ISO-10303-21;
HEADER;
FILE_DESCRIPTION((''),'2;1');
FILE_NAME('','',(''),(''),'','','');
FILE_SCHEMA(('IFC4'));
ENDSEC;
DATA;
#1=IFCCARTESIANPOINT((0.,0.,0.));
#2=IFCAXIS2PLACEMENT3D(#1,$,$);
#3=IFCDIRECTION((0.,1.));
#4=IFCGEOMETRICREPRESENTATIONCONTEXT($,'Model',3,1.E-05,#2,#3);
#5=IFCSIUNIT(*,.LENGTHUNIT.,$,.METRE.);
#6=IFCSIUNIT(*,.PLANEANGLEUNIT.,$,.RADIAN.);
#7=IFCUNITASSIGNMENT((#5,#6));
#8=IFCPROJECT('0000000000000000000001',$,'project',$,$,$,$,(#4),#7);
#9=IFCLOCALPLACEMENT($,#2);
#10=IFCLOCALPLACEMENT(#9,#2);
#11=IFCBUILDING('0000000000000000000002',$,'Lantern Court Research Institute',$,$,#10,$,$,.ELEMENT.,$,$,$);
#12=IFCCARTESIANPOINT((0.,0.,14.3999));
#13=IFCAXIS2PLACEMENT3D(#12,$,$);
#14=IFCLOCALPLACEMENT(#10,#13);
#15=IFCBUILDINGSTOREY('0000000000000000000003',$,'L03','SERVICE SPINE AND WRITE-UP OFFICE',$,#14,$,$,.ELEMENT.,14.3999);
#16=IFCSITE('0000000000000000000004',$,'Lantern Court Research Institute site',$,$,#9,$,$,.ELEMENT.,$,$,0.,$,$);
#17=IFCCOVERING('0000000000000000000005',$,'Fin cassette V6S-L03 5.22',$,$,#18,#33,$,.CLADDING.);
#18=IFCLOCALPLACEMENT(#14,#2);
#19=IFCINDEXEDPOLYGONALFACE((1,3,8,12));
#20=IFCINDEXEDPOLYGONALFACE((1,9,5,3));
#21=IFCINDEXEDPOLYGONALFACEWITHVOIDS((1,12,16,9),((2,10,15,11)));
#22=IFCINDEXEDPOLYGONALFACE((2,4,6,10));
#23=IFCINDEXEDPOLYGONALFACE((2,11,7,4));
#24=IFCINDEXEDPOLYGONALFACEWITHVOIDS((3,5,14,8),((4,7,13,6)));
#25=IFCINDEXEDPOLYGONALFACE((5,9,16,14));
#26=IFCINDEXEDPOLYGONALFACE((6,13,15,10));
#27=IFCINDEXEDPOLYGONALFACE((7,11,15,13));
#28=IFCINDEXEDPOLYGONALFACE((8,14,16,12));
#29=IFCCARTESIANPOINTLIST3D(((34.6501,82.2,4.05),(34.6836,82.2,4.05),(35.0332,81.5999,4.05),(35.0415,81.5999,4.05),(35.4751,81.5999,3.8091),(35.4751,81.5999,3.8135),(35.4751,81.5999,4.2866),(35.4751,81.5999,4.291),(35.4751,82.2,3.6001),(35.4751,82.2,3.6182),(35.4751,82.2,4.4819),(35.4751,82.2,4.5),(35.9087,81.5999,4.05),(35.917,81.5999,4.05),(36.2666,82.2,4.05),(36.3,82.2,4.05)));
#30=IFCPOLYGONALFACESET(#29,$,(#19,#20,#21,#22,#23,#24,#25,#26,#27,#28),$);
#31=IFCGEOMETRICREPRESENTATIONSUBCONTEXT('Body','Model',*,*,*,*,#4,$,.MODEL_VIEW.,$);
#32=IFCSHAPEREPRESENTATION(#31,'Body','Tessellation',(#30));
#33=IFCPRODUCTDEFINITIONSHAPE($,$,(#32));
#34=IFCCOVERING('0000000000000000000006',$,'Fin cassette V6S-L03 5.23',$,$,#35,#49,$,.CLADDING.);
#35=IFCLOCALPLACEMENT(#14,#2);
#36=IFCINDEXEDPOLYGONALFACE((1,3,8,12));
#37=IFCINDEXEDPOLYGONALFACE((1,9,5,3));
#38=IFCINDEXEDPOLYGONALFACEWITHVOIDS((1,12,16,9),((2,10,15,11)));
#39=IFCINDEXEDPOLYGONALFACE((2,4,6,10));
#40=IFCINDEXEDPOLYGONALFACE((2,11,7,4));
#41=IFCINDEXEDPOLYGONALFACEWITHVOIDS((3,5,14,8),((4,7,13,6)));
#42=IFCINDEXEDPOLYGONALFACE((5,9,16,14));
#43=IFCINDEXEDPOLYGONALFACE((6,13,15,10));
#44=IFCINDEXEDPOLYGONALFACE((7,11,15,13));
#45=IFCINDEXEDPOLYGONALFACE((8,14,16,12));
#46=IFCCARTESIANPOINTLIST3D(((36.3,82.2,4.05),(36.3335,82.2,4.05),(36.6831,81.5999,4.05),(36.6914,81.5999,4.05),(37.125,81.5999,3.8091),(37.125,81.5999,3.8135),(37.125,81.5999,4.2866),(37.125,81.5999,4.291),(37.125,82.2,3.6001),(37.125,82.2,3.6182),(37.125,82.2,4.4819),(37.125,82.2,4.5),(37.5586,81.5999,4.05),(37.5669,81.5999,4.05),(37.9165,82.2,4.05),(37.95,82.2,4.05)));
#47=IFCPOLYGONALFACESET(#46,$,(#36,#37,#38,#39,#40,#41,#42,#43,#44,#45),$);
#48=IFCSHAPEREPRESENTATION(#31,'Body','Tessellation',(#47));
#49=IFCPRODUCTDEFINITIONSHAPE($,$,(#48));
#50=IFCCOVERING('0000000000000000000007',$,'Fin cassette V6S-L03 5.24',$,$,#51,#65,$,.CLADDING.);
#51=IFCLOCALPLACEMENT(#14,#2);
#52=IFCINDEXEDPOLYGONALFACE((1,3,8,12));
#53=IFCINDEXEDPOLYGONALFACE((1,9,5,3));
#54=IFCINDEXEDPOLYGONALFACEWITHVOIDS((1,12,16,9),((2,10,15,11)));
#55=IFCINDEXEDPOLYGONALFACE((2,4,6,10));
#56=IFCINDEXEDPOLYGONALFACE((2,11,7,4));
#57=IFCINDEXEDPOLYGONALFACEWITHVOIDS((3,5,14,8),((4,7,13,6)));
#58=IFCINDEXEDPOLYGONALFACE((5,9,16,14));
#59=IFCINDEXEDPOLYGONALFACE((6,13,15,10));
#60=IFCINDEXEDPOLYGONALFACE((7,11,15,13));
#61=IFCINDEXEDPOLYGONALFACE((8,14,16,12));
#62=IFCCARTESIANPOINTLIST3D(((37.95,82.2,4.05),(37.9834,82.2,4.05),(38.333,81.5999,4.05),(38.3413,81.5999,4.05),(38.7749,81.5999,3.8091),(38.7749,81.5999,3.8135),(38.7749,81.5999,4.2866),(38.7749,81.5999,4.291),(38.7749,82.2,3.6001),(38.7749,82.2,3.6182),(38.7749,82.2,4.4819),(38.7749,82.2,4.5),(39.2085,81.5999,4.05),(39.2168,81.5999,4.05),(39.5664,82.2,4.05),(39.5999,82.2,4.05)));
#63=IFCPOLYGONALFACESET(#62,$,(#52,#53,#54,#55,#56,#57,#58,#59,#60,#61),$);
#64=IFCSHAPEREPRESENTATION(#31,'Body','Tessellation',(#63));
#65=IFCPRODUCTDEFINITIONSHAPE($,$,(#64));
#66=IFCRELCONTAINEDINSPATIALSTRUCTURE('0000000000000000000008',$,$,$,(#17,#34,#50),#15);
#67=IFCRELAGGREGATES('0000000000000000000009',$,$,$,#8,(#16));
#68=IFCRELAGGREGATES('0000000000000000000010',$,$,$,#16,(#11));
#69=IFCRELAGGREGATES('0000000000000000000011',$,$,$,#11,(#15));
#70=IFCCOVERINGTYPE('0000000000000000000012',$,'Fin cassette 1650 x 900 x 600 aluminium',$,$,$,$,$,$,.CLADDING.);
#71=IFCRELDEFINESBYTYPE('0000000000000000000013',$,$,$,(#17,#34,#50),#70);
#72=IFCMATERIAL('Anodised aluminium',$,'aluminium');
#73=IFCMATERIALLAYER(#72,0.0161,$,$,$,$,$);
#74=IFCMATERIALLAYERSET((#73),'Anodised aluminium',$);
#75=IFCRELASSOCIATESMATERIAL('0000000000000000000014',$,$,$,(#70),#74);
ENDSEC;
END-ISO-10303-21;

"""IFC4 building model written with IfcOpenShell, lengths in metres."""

from ifc_helpers import new_model, entity, si_unit, direction, frame, origin, place, context, subcontext, project, spatial, material, layer, layer_set, type_object, element, save


model = new_model("IFC4")

# Units and contexts
model_context = context("Model", 3, precision=1e-05, world=origin(), true_north=direction((0.0, 1.0)))
body_context = subcontext(model_context, "Body", "Model", "MODEL_VIEW")
ifc_project = project(units=[si_unit("LENGTHUNIT", "METRE"), si_unit("PLANEANGLEUNIT", "RADIAN")], contexts=[model_context])

# Site, building, storey
site_placement = place(None, origin())
site = spatial("IfcSite", under=ifc_project, at=site_placement, Name="Lantern Court Research Institute site", CompositionType="ELEMENT", RefElevation=0.0)
building_placement = place(site_placement, origin())
building = spatial("IfcBuilding", under=site, at=building_placement, Name="Lantern Court Research Institute", CompositionType="ELEMENT")
storey_placement = place(building_placement, frame((0.0, 0.0, 14.3999)))
storey = spatial("IfcBuildingStorey", under=building, at=storey_placement, Name="L03", Description="SERVICE SPINE AND WRITE-UP OFFICE", CompositionType="ELEMENT", Elevation=14.3999)

# Coverings
ifc_material_1 = material(Name="Anodised aluminium", Category="aluminium")
ifc_layer_1 = layer(ifc_material_1, 0.0161)
ifc_layer_set_1 = layer_set([ifc_layer_1], Name="Anodised aluminium")
covering_type_1 = type_object("IfcCoveringType", Name="Fin cassette 1650 x 900 x 600 aluminium", PredefinedType="CLADDING", material=ifc_layer_set_1)
covering_1_placement = place(storey_placement, frame((35.4751, 82.2, 4.05), z_axis=(0.0, -1.0, 0.0), x_axis=(1.0, 0.0, 0.0)))
cartesian_point_1 = entity("IfcCartesianPoint", [0.825, 0.0])
cartesian_point_2 = entity("IfcCartesianPoint", [0.7915, 0.0])
cartesian_point_3 = entity("IfcCartesianPoint", [0.4419, 0.0])
cartesian_point_4 = entity("IfcCartesianPoint", [0.4336, 0.0])
element("IfcCovering", 1, at=covering_1_placement, inside=storey, type_object=covering_type_1, Name="Fin cassette V6S-L03 5.22", PredefinedType="CLADDING", context=body_context, shape_type="SweptSolid", body=[
    entity("IfcExtrudedAreaSolidTapered", entity("IfcArbitraryProfileDefWithVoids", "AREA", None, entity("IfcPolyline", [cartesian_point_1, entity("IfcCartesianPoint", [0.0, 0.45]), entity("IfcCartesianPoint", [-0.825, 0.0]), entity("IfcCartesianPoint", [0.0, -0.45]), cartesian_point_1]), [entity("IfcPolyline", [cartesian_point_2, entity("IfcCartesianPoint", [0.0, 0.4319]), entity("IfcCartesianPoint", [-0.7915, 0.0]), entity("IfcCartesianPoint", [0.0, -0.4319]), cartesian_point_2])]), entity("IfcAxis2Placement3D", entity("IfcCartesianPoint", [0.0, 0.0, 0.0])), entity("IfcDirection", [0.0, 0.0, 1.0]), 0.6001, entity("IfcArbitraryProfileDefWithVoids", "AREA", None, entity("IfcPolyline", [cartesian_point_3, entity("IfcCartesianPoint", [0.0, 0.241]), entity("IfcCartesianPoint", [-0.4419, 0.0]), entity("IfcCartesianPoint", [0.0, -0.241]), cartesian_point_3]), [entity("IfcPolyline", [cartesian_point_4, entity("IfcCartesianPoint", [0.0, 0.2366]), entity("IfcCartesianPoint", [-0.4336, 0.0]), entity("IfcCartesianPoint", [0.0, -0.2366]), cartesian_point_4])])),
])
covering_2_placement = place(storey_placement, frame((37.125, 82.2, 4.05), z_axis=(0.0, -1.0, 0.0), x_axis=(1.0, 0.0, 0.0)))
cartesian_point_5 = entity("IfcCartesianPoint", [0.825, 0.0])
cartesian_point_6 = entity("IfcCartesianPoint", [0.7915, 0.0])
cartesian_point_7 = entity("IfcCartesianPoint", [0.4419, 0.0])
cartesian_point_8 = entity("IfcCartesianPoint", [0.4336, 0.0])
element("IfcCovering", 2, at=covering_2_placement, inside=storey, type_object=covering_type_1, Name="Fin cassette V6S-L03 5.23", PredefinedType="CLADDING", context=body_context, shape_type="SweptSolid", body=[
    entity("IfcExtrudedAreaSolidTapered", entity("IfcArbitraryProfileDefWithVoids", "AREA", None, entity("IfcPolyline", [cartesian_point_5, entity("IfcCartesianPoint", [0.0, 0.45]), entity("IfcCartesianPoint", [-0.825, 0.0]), entity("IfcCartesianPoint", [0.0, -0.45]), cartesian_point_5]), [entity("IfcPolyline", [cartesian_point_6, entity("IfcCartesianPoint", [0.0, 0.4319]), entity("IfcCartesianPoint", [-0.7915, 0.0]), entity("IfcCartesianPoint", [0.0, -0.4319]), cartesian_point_6])]), entity("IfcAxis2Placement3D", entity("IfcCartesianPoint", [0.0, 0.0, 0.0])), entity("IfcDirection", [0.0, 0.0, 1.0]), 0.6001, entity("IfcArbitraryProfileDefWithVoids", "AREA", None, entity("IfcPolyline", [cartesian_point_7, entity("IfcCartesianPoint", [0.0, 0.241]), entity("IfcCartesianPoint", [-0.4419, 0.0]), entity("IfcCartesianPoint", [0.0, -0.241]), cartesian_point_7]), [entity("IfcPolyline", [cartesian_point_8, entity("IfcCartesianPoint", [0.0, 0.2366]), entity("IfcCartesianPoint", [-0.4336, 0.0]), entity("IfcCartesianPoint", [0.0, -0.2366]), cartesian_point_8])])),
])
covering_3_placement = place(storey_placement, frame((38.7749, 82.2, 4.05), z_axis=(0.0, -1.0, 0.0), x_axis=(1.0, 0.0, 0.0)))
cartesian_point_9 = entity("IfcCartesianPoint", [0.825, 0.0])
cartesian_point_10 = entity("IfcCartesianPoint", [0.7915, 0.0])
cartesian_point_11 = entity("IfcCartesianPoint", [0.4419, 0.0])
cartesian_point_12 = entity("IfcCartesianPoint", [0.4336, 0.0])
element("IfcCovering", 3, at=covering_3_placement, inside=storey, type_object=covering_type_1, Name="Fin cassette V6S-L03 5.24", PredefinedType="CLADDING", context=body_context, shape_type="SweptSolid", body=[
    entity("IfcExtrudedAreaSolidTapered", entity("IfcArbitraryProfileDefWithVoids", "AREA", None, entity("IfcPolyline", [cartesian_point_9, entity("IfcCartesianPoint", [0.0, 0.45]), entity("IfcCartesianPoint", [-0.825, 0.0]), entity("IfcCartesianPoint", [0.0, -0.45]), cartesian_point_9]), [entity("IfcPolyline", [cartesian_point_10, entity("IfcCartesianPoint", [0.0, 0.4319]), entity("IfcCartesianPoint", [-0.7915, 0.0]), entity("IfcCartesianPoint", [0.0, -0.4319]), cartesian_point_10])]), entity("IfcAxis2Placement3D", entity("IfcCartesianPoint", [0.0, 0.0, 0.0])), entity("IfcDirection", [0.0, 0.0, 1.0]), 0.6001, entity("IfcArbitraryProfileDefWithVoids", "AREA", None, entity("IfcPolyline", [cartesian_point_11, entity("IfcCartesianPoint", [0.0, 0.241]), entity("IfcCartesianPoint", [-0.4419, 0.0]), entity("IfcCartesianPoint", [0.0, -0.241]), cartesian_point_11]), [entity("IfcPolyline", [cartesian_point_12, entity("IfcCartesianPoint", [0.0, 0.2366]), entity("IfcCartesianPoint", [-0.4336, 0.0]), entity("IfcCartesianPoint", [0.0, -0.2366]), cartesian_point_12])])),
])

save(model, "model.ifc")
